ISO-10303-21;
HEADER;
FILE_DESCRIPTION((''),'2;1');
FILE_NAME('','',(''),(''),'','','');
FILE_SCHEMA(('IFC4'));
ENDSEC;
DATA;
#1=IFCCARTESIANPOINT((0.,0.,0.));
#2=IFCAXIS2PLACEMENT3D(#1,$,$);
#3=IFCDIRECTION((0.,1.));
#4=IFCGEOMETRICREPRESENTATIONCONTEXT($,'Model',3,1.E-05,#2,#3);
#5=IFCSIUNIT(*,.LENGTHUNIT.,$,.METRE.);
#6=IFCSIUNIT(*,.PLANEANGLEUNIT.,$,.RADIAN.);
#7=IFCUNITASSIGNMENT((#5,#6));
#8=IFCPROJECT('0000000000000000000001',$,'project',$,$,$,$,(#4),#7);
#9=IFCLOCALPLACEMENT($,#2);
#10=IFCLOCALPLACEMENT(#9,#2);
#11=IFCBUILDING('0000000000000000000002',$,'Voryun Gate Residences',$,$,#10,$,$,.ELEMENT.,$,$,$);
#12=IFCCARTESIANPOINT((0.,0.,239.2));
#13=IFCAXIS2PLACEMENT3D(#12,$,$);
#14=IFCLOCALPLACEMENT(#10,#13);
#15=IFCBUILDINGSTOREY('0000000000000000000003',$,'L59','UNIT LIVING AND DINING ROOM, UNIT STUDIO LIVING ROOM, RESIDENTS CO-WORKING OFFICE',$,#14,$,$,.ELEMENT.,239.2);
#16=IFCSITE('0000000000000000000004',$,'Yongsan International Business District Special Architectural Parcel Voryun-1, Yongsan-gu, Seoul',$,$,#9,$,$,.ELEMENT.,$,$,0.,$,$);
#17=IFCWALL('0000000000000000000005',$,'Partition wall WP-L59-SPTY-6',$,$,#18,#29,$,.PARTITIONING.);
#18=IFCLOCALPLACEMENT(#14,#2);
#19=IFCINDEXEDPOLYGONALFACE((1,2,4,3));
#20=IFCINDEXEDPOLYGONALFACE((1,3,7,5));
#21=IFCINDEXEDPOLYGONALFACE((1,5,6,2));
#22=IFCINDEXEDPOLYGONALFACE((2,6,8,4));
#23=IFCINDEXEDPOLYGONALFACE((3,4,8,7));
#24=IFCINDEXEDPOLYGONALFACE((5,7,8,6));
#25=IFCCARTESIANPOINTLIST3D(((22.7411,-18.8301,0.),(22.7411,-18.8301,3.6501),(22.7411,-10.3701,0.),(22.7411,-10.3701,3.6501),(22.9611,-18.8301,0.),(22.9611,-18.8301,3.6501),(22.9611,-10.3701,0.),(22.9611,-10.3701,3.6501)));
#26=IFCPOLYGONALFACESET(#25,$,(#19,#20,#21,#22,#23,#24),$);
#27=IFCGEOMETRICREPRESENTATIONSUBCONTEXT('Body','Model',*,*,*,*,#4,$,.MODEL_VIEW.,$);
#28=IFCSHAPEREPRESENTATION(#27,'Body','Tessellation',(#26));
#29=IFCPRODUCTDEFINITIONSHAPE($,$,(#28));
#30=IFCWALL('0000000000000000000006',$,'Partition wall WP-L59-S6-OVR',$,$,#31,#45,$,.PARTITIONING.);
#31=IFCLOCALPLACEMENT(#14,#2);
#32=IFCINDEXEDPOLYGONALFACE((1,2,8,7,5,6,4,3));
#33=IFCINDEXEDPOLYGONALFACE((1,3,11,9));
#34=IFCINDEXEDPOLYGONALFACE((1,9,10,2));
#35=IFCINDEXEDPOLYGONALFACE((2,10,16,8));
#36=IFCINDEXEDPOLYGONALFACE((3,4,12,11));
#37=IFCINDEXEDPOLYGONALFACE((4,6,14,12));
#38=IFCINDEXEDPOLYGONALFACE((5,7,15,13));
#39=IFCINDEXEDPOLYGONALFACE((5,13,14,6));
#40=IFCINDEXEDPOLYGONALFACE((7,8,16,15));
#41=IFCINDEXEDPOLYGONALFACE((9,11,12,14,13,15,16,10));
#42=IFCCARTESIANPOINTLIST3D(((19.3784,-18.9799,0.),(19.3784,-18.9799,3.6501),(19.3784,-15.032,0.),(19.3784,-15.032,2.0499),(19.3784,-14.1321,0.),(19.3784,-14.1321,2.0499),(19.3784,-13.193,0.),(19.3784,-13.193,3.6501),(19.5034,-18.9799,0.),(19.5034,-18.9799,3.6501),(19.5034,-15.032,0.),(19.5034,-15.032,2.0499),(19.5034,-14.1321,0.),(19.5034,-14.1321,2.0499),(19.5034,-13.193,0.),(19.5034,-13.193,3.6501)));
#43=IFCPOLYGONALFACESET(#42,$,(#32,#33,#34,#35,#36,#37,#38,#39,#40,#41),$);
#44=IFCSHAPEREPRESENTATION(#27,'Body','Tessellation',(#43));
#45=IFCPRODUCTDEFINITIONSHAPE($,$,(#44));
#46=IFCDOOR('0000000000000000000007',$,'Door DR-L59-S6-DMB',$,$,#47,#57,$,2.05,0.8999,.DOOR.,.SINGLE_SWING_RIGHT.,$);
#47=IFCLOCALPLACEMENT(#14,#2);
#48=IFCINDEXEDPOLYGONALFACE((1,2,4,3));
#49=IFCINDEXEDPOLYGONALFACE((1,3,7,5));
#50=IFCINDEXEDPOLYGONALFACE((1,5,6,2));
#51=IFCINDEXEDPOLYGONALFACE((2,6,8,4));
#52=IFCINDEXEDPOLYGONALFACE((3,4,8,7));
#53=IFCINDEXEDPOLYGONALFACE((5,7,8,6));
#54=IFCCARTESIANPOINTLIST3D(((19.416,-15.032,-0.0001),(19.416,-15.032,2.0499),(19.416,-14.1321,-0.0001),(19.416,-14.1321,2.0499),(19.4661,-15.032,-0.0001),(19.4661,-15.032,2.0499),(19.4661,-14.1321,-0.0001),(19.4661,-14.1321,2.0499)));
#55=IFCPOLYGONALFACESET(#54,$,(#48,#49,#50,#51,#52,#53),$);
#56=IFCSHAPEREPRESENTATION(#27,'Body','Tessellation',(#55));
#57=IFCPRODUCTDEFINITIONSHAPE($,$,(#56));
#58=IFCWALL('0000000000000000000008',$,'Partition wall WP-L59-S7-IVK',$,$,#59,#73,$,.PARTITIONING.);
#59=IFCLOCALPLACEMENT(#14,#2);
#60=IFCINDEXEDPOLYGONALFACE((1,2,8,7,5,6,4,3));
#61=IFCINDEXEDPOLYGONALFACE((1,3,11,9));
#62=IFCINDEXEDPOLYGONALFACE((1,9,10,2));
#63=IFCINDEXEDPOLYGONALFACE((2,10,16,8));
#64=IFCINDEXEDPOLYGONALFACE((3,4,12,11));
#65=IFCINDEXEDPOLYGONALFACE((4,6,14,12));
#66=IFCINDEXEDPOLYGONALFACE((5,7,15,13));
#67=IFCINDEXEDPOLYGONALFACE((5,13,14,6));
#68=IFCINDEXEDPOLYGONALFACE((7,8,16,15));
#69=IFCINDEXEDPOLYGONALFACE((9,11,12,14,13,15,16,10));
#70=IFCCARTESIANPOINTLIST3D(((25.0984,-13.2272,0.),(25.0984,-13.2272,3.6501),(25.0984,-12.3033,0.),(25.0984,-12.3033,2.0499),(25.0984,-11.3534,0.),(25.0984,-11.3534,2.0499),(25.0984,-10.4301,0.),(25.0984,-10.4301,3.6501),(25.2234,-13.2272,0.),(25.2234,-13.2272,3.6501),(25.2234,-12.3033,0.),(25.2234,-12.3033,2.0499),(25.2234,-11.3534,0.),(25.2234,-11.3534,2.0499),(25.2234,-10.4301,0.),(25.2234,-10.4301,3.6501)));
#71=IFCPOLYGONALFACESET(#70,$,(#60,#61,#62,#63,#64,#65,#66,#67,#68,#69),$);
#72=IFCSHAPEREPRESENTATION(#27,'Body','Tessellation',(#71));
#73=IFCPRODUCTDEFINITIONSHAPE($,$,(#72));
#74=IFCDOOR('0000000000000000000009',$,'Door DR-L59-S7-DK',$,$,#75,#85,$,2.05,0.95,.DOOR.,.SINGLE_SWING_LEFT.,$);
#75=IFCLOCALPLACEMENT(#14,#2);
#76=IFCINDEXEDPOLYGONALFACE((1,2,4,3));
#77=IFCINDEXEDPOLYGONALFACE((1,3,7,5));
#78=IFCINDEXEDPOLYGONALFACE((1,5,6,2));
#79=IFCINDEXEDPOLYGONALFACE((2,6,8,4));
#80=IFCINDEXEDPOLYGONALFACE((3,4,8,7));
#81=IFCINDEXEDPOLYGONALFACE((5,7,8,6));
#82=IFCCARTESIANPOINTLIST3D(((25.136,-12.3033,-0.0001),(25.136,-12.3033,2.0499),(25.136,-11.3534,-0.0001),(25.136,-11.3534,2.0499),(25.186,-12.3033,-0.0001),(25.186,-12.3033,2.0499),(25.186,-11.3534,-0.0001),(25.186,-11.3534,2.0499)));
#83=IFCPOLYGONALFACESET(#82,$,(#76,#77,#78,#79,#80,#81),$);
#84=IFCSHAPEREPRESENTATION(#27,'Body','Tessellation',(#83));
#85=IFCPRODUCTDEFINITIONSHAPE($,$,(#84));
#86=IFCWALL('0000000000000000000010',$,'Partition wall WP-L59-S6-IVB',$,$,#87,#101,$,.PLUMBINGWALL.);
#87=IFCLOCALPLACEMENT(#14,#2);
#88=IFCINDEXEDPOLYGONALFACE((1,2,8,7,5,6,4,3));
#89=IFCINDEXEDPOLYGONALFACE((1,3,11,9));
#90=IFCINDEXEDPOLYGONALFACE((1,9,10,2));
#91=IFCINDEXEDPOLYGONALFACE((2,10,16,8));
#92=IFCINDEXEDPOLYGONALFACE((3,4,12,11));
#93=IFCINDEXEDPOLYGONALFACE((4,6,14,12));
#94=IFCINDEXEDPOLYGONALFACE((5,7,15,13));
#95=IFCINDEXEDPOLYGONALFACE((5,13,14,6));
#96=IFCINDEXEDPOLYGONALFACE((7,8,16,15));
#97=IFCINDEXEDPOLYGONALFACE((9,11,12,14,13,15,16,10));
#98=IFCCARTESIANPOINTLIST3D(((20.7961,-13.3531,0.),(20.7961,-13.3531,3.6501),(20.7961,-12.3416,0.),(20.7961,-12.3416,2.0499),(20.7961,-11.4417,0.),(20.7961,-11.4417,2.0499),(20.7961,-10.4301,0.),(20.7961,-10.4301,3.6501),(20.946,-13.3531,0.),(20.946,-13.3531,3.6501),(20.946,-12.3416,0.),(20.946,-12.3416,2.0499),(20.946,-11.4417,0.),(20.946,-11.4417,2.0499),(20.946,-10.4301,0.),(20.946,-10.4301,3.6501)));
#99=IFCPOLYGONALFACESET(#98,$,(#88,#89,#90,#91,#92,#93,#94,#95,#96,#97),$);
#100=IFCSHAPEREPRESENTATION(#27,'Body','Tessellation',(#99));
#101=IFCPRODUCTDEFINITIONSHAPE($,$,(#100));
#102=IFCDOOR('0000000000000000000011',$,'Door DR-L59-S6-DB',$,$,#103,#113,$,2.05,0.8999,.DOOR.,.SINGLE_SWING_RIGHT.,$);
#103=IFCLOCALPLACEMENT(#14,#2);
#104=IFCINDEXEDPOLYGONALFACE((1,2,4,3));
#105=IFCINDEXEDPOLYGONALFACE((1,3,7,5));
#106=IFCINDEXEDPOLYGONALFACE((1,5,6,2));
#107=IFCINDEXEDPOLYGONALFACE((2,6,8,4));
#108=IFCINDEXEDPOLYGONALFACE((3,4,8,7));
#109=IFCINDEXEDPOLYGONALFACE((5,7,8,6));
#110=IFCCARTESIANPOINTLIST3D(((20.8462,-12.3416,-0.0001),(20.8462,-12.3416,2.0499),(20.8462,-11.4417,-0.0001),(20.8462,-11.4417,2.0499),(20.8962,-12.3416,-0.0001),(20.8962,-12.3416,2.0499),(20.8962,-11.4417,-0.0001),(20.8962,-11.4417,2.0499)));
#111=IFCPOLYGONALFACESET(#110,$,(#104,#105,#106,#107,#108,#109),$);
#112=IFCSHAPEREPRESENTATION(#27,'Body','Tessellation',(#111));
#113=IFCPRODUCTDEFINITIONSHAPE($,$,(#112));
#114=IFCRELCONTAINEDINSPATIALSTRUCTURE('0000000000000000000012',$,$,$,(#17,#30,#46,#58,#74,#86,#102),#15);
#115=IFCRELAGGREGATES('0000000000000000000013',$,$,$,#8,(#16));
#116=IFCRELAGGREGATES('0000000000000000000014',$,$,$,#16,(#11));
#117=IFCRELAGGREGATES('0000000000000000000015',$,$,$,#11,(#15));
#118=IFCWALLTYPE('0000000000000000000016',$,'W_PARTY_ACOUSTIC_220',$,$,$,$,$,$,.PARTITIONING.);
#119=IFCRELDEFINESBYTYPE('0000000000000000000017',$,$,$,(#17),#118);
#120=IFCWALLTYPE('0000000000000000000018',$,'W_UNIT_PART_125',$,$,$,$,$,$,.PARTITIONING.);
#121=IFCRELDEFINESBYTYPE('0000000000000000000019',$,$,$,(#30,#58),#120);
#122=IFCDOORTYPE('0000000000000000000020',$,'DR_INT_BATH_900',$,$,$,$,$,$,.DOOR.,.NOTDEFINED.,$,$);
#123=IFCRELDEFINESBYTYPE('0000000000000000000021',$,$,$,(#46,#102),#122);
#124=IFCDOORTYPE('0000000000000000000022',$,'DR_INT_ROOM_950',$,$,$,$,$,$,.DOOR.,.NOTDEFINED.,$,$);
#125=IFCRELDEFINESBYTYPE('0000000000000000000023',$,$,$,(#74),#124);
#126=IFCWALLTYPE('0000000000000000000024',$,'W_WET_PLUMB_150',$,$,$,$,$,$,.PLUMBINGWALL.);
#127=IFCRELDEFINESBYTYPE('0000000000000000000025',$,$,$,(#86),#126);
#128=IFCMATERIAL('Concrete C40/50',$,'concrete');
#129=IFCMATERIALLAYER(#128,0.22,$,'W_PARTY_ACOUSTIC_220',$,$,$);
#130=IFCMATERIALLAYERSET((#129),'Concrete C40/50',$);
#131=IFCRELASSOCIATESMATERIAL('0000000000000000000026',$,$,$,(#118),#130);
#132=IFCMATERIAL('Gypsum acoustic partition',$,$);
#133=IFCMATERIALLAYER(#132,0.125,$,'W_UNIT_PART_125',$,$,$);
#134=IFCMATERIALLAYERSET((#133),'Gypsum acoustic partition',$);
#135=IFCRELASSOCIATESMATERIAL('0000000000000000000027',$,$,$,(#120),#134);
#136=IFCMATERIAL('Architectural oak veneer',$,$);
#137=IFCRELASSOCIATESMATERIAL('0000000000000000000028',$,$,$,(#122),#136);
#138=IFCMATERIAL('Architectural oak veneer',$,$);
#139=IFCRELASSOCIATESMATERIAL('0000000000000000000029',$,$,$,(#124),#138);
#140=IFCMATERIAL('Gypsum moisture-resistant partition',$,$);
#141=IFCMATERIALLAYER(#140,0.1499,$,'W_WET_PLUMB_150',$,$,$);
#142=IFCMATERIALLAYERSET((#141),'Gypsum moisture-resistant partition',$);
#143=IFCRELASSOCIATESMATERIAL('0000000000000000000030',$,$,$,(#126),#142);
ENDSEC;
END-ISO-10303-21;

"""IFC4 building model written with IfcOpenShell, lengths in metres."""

from ifc_helpers import new_model, si_unit, direction, frame, frame_2d, origin, place, context, subcontext, project, spatial, rectangle, extrude, material, layer, layer_set, type_object, element, fill, save


model = new_model("IFC4")

# Units and contexts
model_context = context("Model", 3, precision=1e-05, world=origin(), true_north=direction((0.0, 1.0)))
body_context = subcontext(model_context, "Body", "Model", "MODEL_VIEW")
ifc_project = project(units=[si_unit("LENGTHUNIT", "METRE"), si_unit("PLANEANGLEUNIT", "RADIAN")], contexts=[model_context])

# Site, building, storey
site_placement = place(None, origin())
site = spatial("IfcSite", under=ifc_project, at=site_placement, Name="Yongsan International Business District Special Architectural Parcel Voryun-1, Yongsan-gu, Seoul", CompositionType="ELEMENT", RefElevation=0.0)
building_placement = place(site_placement, origin())
building = spatial("IfcBuilding", under=site, at=building_placement, Name="Voryun Gate Residences", CompositionType="ELEMENT")
storey_placement = place(building_placement, frame((0.0, 0.0, 239.2)))
storey = spatial("IfcBuildingStorey", under=building, at=storey_placement, Name="L59", Description="UNIT LIVING AND DINING ROOM, UNIT STUDIO LIVING ROOM, RESIDENTS CO-WORKING OFFICE", CompositionType="ELEMENT", Elevation=239.2)

# Wall
ifc_material_1 = material(Name="Concrete C40/50", Category="concrete")
ifc_layer_1 = layer(ifc_material_1, 0.22, Name="W_PARTY_ACOUSTIC_220")
ifc_layer_set_1 = layer_set([ifc_layer_1], Name="Concrete C40/50")
wall_type_1 = type_object("IfcWallType", Name="W_PARTY_ACOUSTIC_220", PredefinedType="PARTITIONING", material=ifc_layer_set_1)
wall_1_placement = place(storey_placement, frame((22.8511, -18.8301, 0.0), z_axis=(0.0, 0.0, 1.0), x_axis=(0.0, 1.0, 0.0)))
element("IfcWall", 1, at=wall_1_placement, inside=storey, type_object=wall_type_1, Name="Partition wall WP-L59-SPTY-6", PredefinedType="PARTITIONING", context=body_context, shape_type="SweptSolid", body=[
    extrude(rectangle(XDim=8.46, YDim=0.22, at=frame_2d((4.23, 0.0))), origin(), (0.0, 0.0, 1.0), 3.6501),
])

# Walls, openings, doors
ifc_material_2 = material(Name="Gypsum acoustic partition")
ifc_layer_2 = layer(ifc_material_2, 0.125, Name="W_UNIT_PART_125")
ifc_layer_set_2 = layer_set([ifc_layer_2], Name="Gypsum acoustic partition")
wall_type_2 = type_object("IfcWallType", Name="W_UNIT_PART_125", PredefinedType="PARTITIONING", material=ifc_layer_set_2)
wall_2_placement = place(storey_placement, frame((19.4409, -18.98, 0.0), z_axis=(0.0, 0.0, 1.0), x_axis=(0.0, 1.0, 0.0)))
wall_2 = element("IfcWall", 2, at=wall_2_placement, inside=storey, type_object=wall_type_2, Name="Partition wall WP-L59-S6-OVR", PredefinedType="PARTITIONING", context=body_context, shape_type="SweptSolid", body=[
    extrude(rectangle(XDim=5.7869, YDim=0.125, at=frame_2d((2.8936, 0.0))), origin(), (0.0, 0.0, 1.0), 3.6501),
])
opening_1_placement = place(wall_2_placement, frame((3.948, 0.0, 0.0)))
opening_1 = element("IfcOpeningElement", 3, at=opening_1_placement, cuts=wall_2, PredefinedType="OPENING", context=body_context, shape_type="SweptSolid", body=[
    extrude(rectangle(XDim=0.8999, YDim=2.05, at=frame_2d((0.45, 1.0249))), frame((0.0, 0.0725, 0.0), z_axis=(0.0, -1.0, 0.0), x_axis=(1.0, 0.0, 0.0)), (0.0, 0.0, 1.0), 0.145),
])
ifc_material_3 = material(Name="Architectural oak veneer")
door_type_1 = type_object("IfcDoorType", Name="DR_INT_BATH_900", OperationType="NOTDEFINED", PredefinedType="DOOR", material=ifc_material_3)
door_1_placement = place(opening_1_placement, origin())
door_1 = element("IfcDoor", 4, at=door_1_placement, inside=storey, type_object=door_type_1, Name="Door DR-L59-S6-DMB", OperationType="SINGLE_SWING_RIGHT", OverallHeight=2.05, OverallWidth=0.8999, PredefinedType="DOOR", context=body_context, shape_type="SweptSolid", body=[
    extrude(rectangle(XDim=0.8999, YDim=2.05, at=frame_2d((0.45, 1.0249))), frame((0.0, 0.0249, 0.0), z_axis=(0.0, -1.0, 0.0), x_axis=(1.0, 0.0, 0.0)), (0.0, 0.0, 1.0), 0.05),
])
fill(opening_1, door_1)
wall_3_placement = place(storey_placement, frame((25.1609, -13.2271, 0.0), z_axis=(0.0, 0.0, 1.0), x_axis=(0.0, 1.0, 0.0)))
wall_3 = element("IfcWall", 5, at=wall_3_placement, inside=storey, type_object=wall_type_2, Name="Partition wall WP-L59-S7-IVK", PredefinedType="PARTITIONING", context=body_context, shape_type="SweptSolid", body=[
    extrude(rectangle(XDim=2.7971, YDim=0.125, at=frame_2d((1.3984, 0.0))), origin(), (0.0, 0.0, 1.0), 3.6501),
])
opening_2_placement = place(wall_3_placement, frame((0.9236, 0.0, 0.0)))
opening_2 = element("IfcOpeningElement", 6, at=opening_2_placement, cuts=wall_3, PredefinedType="OPENING", context=body_context, shape_type="SweptSolid", body=[
    extrude(rectangle(XDim=0.95, YDim=2.05, at=frame_2d((0.4751, 1.0249))), frame((0.0, 0.0725, 0.0), z_axis=(0.0, -1.0, 0.0), x_axis=(1.0, 0.0, 0.0)), (0.0, 0.0, 1.0), 0.145),
])
ifc_material_4 = material(Name="Architectural oak veneer")
door_type_2 = type_object("IfcDoorType", Name="DR_INT_ROOM_950", OperationType="NOTDEFINED", PredefinedType="DOOR", material=ifc_material_4)
door_2_placement = place(opening_2_placement, origin())
door_2 = element("IfcDoor", 7, at=door_2_placement, inside=storey, type_object=door_type_2, Name="Door DR-L59-S7-DK", OperationType="SINGLE_SWING_LEFT", OverallHeight=2.05, OverallWidth=0.95, PredefinedType="DOOR", context=body_context, shape_type="SweptSolid", body=[
    extrude(rectangle(XDim=0.95, YDim=2.05, at=frame_2d((0.4751, 1.0249))), frame((0.0, 0.0249, 0.0), z_axis=(0.0, -1.0, 0.0), x_axis=(1.0, 0.0, 0.0)), (0.0, 0.0, 1.0), 0.05),
])
fill(opening_2, door_2)
ifc_material_5 = material(Name="Gypsum moisture-resistant partition")
ifc_layer_3 = layer(ifc_material_5, 0.1499, Name="W_WET_PLUMB_150")
ifc_layer_set_3 = layer_set([ifc_layer_3], Name="Gypsum moisture-resistant partition")
wall_type_3 = type_object("IfcWallType", Name="W_WET_PLUMB_150", PredefinedType="PLUMBINGWALL", material=ifc_layer_set_3)
wall_4_placement = place(storey_placement, frame((20.8711, -13.353, 0.0), z_axis=(0.0, 0.0, 1.0), x_axis=(0.0, 1.0, 0.0)))
wall_4 = element("IfcWall", 8, at=wall_4_placement, inside=storey, type_object=wall_type_3, Name="Partition wall WP-L59-S6-IVB", PredefinedType="PLUMBINGWALL", context=body_context, shape_type="SweptSolid", body=[
    extrude(rectangle(XDim=2.9231, YDim=0.1499, at=frame_2d((1.4614, 0.0))), origin(), (0.0, 0.0, 1.0), 3.6501),
])
opening_3_placement = place(wall_4_placement, frame((1.0115, 0.0, 0.0)))
opening_3 = element("IfcOpeningElement", 9, at=opening_3_placement, cuts=wall_4, PredefinedType="OPENING", context=body_context, shape_type="SweptSolid", body=[
    extrude(rectangle(XDim=0.8999, YDim=2.05, at=frame_2d((0.45, 1.0249))), frame((0.0, 0.085, 0.0), z_axis=(0.0, -1.0, 0.0), x_axis=(1.0, 0.0, 0.0)), (0.0, 0.0, 1.0), 0.1699),
])
door_3_placement = place(opening_3_placement, origin())
door_3 = element("IfcDoor", 10, at=door_3_placement, inside=storey, type_object=door_type_1, Name="Door DR-L59-S6-DB", OperationType="SINGLE_SWING_RIGHT", OverallHeight=2.05, OverallWidth=0.8999, PredefinedType="DOOR", context=body_context, shape_type="SweptSolid", body=[
    extrude(rectangle(XDim=0.8999, YDim=2.05, at=frame_2d((0.45, 1.0249))), frame((0.0, 0.0249, 0.0), z_axis=(0.0, -1.0, 0.0), x_axis=(1.0, 0.0, 0.0)), (0.0, 0.0, 1.0), 0.05),
])
fill(opening_3, door_3)

save(model, "model.ifc")
